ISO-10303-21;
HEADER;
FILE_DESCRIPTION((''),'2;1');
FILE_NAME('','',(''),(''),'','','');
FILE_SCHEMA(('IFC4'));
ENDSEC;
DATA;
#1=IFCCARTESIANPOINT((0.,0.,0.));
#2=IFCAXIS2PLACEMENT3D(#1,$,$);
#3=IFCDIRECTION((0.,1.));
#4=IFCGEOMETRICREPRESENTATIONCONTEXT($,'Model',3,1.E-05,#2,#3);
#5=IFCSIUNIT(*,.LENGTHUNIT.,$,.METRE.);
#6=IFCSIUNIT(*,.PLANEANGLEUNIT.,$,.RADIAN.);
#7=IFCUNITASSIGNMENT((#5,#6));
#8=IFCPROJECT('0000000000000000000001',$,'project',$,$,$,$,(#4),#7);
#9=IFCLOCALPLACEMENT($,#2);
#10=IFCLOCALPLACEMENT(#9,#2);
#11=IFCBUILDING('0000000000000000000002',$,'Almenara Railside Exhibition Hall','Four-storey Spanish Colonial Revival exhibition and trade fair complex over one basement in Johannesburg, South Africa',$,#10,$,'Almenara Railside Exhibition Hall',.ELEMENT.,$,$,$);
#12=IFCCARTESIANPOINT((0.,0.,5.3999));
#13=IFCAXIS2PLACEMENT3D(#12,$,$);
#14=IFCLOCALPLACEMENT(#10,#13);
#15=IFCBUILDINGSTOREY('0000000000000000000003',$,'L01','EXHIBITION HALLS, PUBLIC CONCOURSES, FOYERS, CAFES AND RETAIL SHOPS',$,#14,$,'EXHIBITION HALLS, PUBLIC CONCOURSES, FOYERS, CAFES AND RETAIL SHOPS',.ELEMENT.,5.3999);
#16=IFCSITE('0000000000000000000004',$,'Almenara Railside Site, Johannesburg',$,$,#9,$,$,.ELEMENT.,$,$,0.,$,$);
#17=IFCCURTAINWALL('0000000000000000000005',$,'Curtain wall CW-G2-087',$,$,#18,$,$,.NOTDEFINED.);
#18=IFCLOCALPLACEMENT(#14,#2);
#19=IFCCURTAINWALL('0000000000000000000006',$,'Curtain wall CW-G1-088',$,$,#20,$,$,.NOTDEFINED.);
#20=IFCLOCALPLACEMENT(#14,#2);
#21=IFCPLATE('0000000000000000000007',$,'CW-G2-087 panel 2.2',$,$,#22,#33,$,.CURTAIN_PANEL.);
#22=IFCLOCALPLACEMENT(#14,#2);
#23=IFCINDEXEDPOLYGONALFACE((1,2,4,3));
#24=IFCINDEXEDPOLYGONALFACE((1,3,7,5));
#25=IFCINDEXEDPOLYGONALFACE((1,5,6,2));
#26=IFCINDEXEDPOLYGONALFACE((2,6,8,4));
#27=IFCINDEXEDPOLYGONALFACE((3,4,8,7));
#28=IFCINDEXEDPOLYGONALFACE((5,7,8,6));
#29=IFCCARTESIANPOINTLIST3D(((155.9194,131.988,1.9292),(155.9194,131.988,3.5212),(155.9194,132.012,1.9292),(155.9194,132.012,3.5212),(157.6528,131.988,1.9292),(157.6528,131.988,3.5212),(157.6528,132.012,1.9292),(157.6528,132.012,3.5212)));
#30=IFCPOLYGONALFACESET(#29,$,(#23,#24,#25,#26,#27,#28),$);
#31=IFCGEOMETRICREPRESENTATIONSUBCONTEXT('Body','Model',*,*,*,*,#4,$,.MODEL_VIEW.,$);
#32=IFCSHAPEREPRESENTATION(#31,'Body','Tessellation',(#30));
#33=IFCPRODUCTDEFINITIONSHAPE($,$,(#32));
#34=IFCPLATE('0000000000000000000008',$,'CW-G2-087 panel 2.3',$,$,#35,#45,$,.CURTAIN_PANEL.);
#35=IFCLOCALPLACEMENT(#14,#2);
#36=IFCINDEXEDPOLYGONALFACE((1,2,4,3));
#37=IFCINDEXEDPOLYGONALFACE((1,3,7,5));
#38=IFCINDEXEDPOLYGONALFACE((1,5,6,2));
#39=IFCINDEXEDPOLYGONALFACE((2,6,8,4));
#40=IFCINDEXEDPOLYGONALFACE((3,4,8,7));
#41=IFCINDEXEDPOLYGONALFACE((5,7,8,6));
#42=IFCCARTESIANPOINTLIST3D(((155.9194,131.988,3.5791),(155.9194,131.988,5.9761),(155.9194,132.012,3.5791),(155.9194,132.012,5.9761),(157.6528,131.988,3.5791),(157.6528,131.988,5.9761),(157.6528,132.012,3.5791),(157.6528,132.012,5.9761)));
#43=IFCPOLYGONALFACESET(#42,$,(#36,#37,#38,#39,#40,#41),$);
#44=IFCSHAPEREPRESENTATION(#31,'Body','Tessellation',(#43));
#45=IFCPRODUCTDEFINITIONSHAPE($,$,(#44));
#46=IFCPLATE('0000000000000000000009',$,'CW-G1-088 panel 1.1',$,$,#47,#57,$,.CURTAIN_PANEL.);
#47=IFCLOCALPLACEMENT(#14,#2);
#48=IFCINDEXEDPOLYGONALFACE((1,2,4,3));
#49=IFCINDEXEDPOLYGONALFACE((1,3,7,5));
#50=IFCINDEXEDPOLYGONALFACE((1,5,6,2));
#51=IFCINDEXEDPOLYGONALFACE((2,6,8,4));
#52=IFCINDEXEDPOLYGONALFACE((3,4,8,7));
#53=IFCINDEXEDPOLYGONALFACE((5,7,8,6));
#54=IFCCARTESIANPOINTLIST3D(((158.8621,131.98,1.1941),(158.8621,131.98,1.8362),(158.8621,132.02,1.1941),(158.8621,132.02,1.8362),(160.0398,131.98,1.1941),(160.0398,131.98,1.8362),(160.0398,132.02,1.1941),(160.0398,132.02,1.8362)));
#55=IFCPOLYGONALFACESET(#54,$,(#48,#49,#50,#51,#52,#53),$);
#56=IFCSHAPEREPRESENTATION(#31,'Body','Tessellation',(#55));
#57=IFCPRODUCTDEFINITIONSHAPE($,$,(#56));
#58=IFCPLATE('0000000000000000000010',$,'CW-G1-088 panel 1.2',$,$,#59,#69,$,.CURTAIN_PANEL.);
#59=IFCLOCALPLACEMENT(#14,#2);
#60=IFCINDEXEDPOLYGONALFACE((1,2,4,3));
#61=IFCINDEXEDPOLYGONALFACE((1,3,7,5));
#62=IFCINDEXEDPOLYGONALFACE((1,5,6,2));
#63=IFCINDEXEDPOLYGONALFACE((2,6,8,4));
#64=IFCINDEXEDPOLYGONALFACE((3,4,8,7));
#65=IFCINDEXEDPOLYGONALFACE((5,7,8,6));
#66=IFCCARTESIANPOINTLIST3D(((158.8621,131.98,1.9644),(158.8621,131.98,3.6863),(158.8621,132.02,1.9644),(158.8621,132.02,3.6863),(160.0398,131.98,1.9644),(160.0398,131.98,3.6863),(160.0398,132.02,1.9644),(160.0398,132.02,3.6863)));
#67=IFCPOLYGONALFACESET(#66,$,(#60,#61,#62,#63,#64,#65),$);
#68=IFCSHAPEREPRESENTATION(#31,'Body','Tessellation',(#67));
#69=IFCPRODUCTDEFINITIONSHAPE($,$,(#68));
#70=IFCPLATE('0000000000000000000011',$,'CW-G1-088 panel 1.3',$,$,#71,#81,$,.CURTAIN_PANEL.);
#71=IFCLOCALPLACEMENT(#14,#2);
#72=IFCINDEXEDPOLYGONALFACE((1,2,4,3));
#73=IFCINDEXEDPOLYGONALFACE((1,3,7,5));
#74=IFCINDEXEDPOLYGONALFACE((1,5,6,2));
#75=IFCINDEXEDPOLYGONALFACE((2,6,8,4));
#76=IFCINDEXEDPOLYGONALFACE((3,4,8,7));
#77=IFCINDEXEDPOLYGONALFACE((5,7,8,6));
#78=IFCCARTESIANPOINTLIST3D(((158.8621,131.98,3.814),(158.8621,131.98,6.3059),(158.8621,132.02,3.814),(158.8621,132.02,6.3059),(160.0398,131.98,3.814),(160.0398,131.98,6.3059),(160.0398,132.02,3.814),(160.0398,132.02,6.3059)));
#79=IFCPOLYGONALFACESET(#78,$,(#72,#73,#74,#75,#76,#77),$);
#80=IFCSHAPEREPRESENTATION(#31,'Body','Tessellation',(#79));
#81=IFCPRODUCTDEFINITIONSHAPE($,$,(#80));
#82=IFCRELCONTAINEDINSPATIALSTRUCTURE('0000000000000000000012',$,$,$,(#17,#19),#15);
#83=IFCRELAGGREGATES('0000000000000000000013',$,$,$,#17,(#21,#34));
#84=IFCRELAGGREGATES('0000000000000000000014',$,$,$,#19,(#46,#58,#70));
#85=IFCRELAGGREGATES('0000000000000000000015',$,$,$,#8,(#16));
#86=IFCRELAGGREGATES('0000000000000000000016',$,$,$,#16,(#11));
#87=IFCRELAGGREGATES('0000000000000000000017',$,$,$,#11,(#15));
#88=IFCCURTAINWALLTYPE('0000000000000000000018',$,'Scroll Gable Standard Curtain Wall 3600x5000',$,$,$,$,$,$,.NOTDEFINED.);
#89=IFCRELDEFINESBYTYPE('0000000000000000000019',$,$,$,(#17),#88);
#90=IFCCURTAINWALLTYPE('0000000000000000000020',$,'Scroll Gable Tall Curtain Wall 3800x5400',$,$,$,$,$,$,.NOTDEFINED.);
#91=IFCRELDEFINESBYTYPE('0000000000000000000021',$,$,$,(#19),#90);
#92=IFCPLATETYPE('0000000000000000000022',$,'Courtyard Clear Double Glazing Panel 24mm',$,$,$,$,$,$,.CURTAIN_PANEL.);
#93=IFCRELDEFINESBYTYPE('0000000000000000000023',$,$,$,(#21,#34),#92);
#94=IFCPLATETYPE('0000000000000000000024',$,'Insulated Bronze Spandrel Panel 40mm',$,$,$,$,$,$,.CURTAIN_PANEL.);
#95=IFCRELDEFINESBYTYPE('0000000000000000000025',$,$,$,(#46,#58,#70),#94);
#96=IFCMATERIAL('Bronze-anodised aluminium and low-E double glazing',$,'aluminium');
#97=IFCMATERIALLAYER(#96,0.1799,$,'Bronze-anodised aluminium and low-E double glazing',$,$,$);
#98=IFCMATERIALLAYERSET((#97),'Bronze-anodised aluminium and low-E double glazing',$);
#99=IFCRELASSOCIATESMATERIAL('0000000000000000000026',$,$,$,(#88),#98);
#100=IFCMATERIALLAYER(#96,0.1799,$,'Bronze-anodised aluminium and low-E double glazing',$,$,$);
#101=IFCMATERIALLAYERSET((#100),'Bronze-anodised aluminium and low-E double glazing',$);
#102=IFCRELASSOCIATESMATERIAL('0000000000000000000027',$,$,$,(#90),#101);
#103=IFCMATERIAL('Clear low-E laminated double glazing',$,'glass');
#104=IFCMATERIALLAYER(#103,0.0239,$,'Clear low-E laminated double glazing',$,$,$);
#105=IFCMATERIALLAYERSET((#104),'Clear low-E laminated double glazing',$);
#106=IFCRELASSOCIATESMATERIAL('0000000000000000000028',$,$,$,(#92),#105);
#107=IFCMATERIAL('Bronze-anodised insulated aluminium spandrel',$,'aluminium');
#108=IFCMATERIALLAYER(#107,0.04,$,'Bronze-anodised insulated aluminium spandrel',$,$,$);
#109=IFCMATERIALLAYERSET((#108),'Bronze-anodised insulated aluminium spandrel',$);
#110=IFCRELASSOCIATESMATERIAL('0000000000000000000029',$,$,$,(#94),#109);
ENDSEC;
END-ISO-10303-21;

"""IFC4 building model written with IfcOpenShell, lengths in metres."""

from ifc_helpers import new_model, si_unit, direction, frame, origin, origin_2d, place, context, subcontext, project, spatial, rectangle, extrude, material, layer, layer_set, type_object, element, aggregate, save


model = new_model("IFC4")

# Units and contexts
model_context = context("Model", 3, precision=1e-05, world=origin(), true_north=direction((0.0, 1.0)))
body_context = subcontext(model_context, "Body", "Model", "MODEL_VIEW")
ifc_project = project(units=[si_unit("LENGTHUNIT", "METRE"), si_unit("PLANEANGLEUNIT", "RADIAN")], contexts=[model_context])

# Site, building, storey
site_placement = place(None, origin())
site = spatial("IfcSite", under=ifc_project, at=site_placement, Name="Almenara Railside Site, Johannesburg", CompositionType="ELEMENT", RefElevation=0.0)
building_placement = place(site_placement, origin())
building = spatial("IfcBuilding", under=site, at=building_placement, Name="Almenara Railside Exhibition Hall", Description="Four-storey Spanish Colonial Revival exhibition and trade fair complex over one basement in Johannesburg, South Africa", LongName="Almenara Railside Exhibition Hall", CompositionType="ELEMENT")
storey_placement = place(building_placement, frame((0.0, 0.0, 5.3999)))
storey = spatial("IfcBuildingStorey", under=building, at=storey_placement, Name="L01", Description="EXHIBITION HALLS, PUBLIC CONCOURSES, FOYERS, CAFES AND RETAIL SHOPS", LongName="EXHIBITION HALLS, PUBLIC CONCOURSES, FOYERS, CAFES AND RETAIL SHOPS", CompositionType="ELEMENT", Elevation=5.3999)

# Curtain walls
ifc_material_1 = material(Name="Bronze-anodised aluminium and low-E double glazing", Category="aluminium")
ifc_layer_1 = layer(ifc_material_1, 0.1799, Name="Bronze-anodised aluminium and low-E double glazing")
ifc_layer_set_1 = layer_set([ifc_layer_1], Name="Bronze-anodised aluminium and low-E double glazing")
curtain_wall_type_1 = type_object("IfcCurtainWallType", Name="Scroll Gable Standard Curtain Wall 3600x5000", PredefinedType="NOTDEFINED", material=ifc_layer_set_1)
curtain_wall_1_placement = place(storey_placement, origin())
curtain_wall_1 = element("IfcCurtainWall", 1, at=curtain_wall_1_placement, inside=storey, type_object=curtain_wall_type_1, Name="Curtain wall CW-G2-087", PredefinedType="NOTDEFINED")
ifc_layer_2 = layer(ifc_material_1, 0.1799, Name="Bronze-anodised aluminium and low-E double glazing")
ifc_layer_set_2 = layer_set([ifc_layer_2], Name="Bronze-anodised aluminium and low-E double glazing")
curtain_wall_type_2 = type_object("IfcCurtainWallType", Name="Scroll Gable Tall Curtain Wall 3800x5400", PredefinedType="NOTDEFINED", material=ifc_layer_set_2)
curtain_wall_2_placement = place(storey_placement, origin())
curtain_wall_2 = element("IfcCurtainWall", 2, at=curtain_wall_2_placement, inside=storey, type_object=curtain_wall_type_2, Name="Curtain wall CW-G1-088", PredefinedType="NOTDEFINED")

# Plates
ifc_material_2 = material(Name="Clear low-E laminated double glazing", Category="glass")
ifc_layer_3 = layer(ifc_material_2, 0.0239, Name="Clear low-E laminated double glazing")
ifc_layer_set_3 = layer_set([ifc_layer_3], Name="Clear low-E laminated double glazing")
plate_type_1 = type_object("IfcPlateType", Name="Courtyard Clear Double Glazing Panel 24mm", PredefinedType="CURTAIN_PANEL", material=ifc_layer_set_3)
plate_1_placement = place(storey_placement, frame((156.7861, 132.0, 1.9292), z_axis=(0.0, 0.0, 1.0), x_axis=(1.0, 0.0, 0.0)))
plate_1 = element("IfcPlate", 3, at=plate_1_placement, type_object=plate_type_1, Name="CW-G2-087 panel 2.2", PredefinedType="CURTAIN_PANEL", context=body_context, shape_type="SweptSolid", body=[
    extrude(rectangle(XDim=1.7334, YDim=0.0239, at=origin_2d()), origin(), (0.0, 0.0, 1.0), 1.592),
])
plate_2_placement = place(storey_placement, frame((156.7861, 132.0, 3.5791), z_axis=(0.0, 0.0, 1.0), x_axis=(1.0, 0.0, 0.0)))
plate_2 = element("IfcPlate", 4, at=plate_2_placement, type_object=plate_type_1, Name="CW-G2-087 panel 2.3", PredefinedType="CURTAIN_PANEL", context=body_context, shape_type="SweptSolid", body=[
    extrude(rectangle(XDim=1.7334, YDim=0.0239, at=origin_2d()), origin(), (0.0, 0.0, 1.0), 2.397),
])
aggregate(curtain_wall_1, [plate_1, plate_2])
ifc_material_3 = material(Name="Bronze-anodised insulated aluminium spandrel", Category="aluminium")
ifc_layer_4 = layer(ifc_material_3, 0.04, Name="Bronze-anodised insulated aluminium spandrel")
ifc_layer_set_4 = layer_set([ifc_layer_4], Name="Bronze-anodised insulated aluminium spandrel")
plate_type_2 = type_object("IfcPlateType", Name="Insulated Bronze Spandrel Panel 40mm", PredefinedType="CURTAIN_PANEL", material=ifc_layer_set_4)
plate_3_placement = place(storey_placement, frame((159.4509, 132.0, 1.1941), z_axis=(0.0, 0.0, 1.0), x_axis=(1.0, 0.0, 0.0)))
plate_3 = element("IfcPlate", 5, at=plate_3_placement, type_object=plate_type_2, Name="CW-G1-088 panel 1.1", PredefinedType="CURTAIN_PANEL", context=body_context, shape_type="SweptSolid", body=[
    extrude(rectangle(XDim=1.1777, YDim=0.04, at=origin_2d()), origin(), (0.0, 0.0, 1.0), 0.6421),
])
plate_4_placement = place(storey_placement, frame((159.4509, 132.0, 1.9644), z_axis=(0.0, 0.0, 1.0), x_axis=(1.0, 0.0, 0.0)))
plate_4 = element("IfcPlate", 6, at=plate_4_placement, type_object=plate_type_2, Name="CW-G1-088 panel 1.2", PredefinedType="CURTAIN_PANEL", context=body_context, shape_type="SweptSolid", body=[
    extrude(rectangle(XDim=1.1777, YDim=0.04, at=origin_2d()), origin(), (0.0, 0.0, 1.0), 1.7219),
])
plate_5_placement = place(storey_placement, frame((159.4509, 132.0, 3.814), z_axis=(0.0, 0.0, 1.0), x_axis=(1.0, 0.0, 0.0)))
plate_5 = element("IfcPlate", 7, at=plate_5_placement, type_object=plate_type_2, Name="CW-G1-088 panel 1.3", PredefinedType="CURTAIN_PANEL", context=body_context, shape_type="SweptSolid", body=[
    extrude(rectangle(XDim=1.1777, YDim=0.04, at=origin_2d()), origin(), (0.0, 0.0, 1.0), 2.4919),
])
aggregate(curtain_wall_2, [plate_3, plate_4, plate_5])

save(model, "model.ifc")
